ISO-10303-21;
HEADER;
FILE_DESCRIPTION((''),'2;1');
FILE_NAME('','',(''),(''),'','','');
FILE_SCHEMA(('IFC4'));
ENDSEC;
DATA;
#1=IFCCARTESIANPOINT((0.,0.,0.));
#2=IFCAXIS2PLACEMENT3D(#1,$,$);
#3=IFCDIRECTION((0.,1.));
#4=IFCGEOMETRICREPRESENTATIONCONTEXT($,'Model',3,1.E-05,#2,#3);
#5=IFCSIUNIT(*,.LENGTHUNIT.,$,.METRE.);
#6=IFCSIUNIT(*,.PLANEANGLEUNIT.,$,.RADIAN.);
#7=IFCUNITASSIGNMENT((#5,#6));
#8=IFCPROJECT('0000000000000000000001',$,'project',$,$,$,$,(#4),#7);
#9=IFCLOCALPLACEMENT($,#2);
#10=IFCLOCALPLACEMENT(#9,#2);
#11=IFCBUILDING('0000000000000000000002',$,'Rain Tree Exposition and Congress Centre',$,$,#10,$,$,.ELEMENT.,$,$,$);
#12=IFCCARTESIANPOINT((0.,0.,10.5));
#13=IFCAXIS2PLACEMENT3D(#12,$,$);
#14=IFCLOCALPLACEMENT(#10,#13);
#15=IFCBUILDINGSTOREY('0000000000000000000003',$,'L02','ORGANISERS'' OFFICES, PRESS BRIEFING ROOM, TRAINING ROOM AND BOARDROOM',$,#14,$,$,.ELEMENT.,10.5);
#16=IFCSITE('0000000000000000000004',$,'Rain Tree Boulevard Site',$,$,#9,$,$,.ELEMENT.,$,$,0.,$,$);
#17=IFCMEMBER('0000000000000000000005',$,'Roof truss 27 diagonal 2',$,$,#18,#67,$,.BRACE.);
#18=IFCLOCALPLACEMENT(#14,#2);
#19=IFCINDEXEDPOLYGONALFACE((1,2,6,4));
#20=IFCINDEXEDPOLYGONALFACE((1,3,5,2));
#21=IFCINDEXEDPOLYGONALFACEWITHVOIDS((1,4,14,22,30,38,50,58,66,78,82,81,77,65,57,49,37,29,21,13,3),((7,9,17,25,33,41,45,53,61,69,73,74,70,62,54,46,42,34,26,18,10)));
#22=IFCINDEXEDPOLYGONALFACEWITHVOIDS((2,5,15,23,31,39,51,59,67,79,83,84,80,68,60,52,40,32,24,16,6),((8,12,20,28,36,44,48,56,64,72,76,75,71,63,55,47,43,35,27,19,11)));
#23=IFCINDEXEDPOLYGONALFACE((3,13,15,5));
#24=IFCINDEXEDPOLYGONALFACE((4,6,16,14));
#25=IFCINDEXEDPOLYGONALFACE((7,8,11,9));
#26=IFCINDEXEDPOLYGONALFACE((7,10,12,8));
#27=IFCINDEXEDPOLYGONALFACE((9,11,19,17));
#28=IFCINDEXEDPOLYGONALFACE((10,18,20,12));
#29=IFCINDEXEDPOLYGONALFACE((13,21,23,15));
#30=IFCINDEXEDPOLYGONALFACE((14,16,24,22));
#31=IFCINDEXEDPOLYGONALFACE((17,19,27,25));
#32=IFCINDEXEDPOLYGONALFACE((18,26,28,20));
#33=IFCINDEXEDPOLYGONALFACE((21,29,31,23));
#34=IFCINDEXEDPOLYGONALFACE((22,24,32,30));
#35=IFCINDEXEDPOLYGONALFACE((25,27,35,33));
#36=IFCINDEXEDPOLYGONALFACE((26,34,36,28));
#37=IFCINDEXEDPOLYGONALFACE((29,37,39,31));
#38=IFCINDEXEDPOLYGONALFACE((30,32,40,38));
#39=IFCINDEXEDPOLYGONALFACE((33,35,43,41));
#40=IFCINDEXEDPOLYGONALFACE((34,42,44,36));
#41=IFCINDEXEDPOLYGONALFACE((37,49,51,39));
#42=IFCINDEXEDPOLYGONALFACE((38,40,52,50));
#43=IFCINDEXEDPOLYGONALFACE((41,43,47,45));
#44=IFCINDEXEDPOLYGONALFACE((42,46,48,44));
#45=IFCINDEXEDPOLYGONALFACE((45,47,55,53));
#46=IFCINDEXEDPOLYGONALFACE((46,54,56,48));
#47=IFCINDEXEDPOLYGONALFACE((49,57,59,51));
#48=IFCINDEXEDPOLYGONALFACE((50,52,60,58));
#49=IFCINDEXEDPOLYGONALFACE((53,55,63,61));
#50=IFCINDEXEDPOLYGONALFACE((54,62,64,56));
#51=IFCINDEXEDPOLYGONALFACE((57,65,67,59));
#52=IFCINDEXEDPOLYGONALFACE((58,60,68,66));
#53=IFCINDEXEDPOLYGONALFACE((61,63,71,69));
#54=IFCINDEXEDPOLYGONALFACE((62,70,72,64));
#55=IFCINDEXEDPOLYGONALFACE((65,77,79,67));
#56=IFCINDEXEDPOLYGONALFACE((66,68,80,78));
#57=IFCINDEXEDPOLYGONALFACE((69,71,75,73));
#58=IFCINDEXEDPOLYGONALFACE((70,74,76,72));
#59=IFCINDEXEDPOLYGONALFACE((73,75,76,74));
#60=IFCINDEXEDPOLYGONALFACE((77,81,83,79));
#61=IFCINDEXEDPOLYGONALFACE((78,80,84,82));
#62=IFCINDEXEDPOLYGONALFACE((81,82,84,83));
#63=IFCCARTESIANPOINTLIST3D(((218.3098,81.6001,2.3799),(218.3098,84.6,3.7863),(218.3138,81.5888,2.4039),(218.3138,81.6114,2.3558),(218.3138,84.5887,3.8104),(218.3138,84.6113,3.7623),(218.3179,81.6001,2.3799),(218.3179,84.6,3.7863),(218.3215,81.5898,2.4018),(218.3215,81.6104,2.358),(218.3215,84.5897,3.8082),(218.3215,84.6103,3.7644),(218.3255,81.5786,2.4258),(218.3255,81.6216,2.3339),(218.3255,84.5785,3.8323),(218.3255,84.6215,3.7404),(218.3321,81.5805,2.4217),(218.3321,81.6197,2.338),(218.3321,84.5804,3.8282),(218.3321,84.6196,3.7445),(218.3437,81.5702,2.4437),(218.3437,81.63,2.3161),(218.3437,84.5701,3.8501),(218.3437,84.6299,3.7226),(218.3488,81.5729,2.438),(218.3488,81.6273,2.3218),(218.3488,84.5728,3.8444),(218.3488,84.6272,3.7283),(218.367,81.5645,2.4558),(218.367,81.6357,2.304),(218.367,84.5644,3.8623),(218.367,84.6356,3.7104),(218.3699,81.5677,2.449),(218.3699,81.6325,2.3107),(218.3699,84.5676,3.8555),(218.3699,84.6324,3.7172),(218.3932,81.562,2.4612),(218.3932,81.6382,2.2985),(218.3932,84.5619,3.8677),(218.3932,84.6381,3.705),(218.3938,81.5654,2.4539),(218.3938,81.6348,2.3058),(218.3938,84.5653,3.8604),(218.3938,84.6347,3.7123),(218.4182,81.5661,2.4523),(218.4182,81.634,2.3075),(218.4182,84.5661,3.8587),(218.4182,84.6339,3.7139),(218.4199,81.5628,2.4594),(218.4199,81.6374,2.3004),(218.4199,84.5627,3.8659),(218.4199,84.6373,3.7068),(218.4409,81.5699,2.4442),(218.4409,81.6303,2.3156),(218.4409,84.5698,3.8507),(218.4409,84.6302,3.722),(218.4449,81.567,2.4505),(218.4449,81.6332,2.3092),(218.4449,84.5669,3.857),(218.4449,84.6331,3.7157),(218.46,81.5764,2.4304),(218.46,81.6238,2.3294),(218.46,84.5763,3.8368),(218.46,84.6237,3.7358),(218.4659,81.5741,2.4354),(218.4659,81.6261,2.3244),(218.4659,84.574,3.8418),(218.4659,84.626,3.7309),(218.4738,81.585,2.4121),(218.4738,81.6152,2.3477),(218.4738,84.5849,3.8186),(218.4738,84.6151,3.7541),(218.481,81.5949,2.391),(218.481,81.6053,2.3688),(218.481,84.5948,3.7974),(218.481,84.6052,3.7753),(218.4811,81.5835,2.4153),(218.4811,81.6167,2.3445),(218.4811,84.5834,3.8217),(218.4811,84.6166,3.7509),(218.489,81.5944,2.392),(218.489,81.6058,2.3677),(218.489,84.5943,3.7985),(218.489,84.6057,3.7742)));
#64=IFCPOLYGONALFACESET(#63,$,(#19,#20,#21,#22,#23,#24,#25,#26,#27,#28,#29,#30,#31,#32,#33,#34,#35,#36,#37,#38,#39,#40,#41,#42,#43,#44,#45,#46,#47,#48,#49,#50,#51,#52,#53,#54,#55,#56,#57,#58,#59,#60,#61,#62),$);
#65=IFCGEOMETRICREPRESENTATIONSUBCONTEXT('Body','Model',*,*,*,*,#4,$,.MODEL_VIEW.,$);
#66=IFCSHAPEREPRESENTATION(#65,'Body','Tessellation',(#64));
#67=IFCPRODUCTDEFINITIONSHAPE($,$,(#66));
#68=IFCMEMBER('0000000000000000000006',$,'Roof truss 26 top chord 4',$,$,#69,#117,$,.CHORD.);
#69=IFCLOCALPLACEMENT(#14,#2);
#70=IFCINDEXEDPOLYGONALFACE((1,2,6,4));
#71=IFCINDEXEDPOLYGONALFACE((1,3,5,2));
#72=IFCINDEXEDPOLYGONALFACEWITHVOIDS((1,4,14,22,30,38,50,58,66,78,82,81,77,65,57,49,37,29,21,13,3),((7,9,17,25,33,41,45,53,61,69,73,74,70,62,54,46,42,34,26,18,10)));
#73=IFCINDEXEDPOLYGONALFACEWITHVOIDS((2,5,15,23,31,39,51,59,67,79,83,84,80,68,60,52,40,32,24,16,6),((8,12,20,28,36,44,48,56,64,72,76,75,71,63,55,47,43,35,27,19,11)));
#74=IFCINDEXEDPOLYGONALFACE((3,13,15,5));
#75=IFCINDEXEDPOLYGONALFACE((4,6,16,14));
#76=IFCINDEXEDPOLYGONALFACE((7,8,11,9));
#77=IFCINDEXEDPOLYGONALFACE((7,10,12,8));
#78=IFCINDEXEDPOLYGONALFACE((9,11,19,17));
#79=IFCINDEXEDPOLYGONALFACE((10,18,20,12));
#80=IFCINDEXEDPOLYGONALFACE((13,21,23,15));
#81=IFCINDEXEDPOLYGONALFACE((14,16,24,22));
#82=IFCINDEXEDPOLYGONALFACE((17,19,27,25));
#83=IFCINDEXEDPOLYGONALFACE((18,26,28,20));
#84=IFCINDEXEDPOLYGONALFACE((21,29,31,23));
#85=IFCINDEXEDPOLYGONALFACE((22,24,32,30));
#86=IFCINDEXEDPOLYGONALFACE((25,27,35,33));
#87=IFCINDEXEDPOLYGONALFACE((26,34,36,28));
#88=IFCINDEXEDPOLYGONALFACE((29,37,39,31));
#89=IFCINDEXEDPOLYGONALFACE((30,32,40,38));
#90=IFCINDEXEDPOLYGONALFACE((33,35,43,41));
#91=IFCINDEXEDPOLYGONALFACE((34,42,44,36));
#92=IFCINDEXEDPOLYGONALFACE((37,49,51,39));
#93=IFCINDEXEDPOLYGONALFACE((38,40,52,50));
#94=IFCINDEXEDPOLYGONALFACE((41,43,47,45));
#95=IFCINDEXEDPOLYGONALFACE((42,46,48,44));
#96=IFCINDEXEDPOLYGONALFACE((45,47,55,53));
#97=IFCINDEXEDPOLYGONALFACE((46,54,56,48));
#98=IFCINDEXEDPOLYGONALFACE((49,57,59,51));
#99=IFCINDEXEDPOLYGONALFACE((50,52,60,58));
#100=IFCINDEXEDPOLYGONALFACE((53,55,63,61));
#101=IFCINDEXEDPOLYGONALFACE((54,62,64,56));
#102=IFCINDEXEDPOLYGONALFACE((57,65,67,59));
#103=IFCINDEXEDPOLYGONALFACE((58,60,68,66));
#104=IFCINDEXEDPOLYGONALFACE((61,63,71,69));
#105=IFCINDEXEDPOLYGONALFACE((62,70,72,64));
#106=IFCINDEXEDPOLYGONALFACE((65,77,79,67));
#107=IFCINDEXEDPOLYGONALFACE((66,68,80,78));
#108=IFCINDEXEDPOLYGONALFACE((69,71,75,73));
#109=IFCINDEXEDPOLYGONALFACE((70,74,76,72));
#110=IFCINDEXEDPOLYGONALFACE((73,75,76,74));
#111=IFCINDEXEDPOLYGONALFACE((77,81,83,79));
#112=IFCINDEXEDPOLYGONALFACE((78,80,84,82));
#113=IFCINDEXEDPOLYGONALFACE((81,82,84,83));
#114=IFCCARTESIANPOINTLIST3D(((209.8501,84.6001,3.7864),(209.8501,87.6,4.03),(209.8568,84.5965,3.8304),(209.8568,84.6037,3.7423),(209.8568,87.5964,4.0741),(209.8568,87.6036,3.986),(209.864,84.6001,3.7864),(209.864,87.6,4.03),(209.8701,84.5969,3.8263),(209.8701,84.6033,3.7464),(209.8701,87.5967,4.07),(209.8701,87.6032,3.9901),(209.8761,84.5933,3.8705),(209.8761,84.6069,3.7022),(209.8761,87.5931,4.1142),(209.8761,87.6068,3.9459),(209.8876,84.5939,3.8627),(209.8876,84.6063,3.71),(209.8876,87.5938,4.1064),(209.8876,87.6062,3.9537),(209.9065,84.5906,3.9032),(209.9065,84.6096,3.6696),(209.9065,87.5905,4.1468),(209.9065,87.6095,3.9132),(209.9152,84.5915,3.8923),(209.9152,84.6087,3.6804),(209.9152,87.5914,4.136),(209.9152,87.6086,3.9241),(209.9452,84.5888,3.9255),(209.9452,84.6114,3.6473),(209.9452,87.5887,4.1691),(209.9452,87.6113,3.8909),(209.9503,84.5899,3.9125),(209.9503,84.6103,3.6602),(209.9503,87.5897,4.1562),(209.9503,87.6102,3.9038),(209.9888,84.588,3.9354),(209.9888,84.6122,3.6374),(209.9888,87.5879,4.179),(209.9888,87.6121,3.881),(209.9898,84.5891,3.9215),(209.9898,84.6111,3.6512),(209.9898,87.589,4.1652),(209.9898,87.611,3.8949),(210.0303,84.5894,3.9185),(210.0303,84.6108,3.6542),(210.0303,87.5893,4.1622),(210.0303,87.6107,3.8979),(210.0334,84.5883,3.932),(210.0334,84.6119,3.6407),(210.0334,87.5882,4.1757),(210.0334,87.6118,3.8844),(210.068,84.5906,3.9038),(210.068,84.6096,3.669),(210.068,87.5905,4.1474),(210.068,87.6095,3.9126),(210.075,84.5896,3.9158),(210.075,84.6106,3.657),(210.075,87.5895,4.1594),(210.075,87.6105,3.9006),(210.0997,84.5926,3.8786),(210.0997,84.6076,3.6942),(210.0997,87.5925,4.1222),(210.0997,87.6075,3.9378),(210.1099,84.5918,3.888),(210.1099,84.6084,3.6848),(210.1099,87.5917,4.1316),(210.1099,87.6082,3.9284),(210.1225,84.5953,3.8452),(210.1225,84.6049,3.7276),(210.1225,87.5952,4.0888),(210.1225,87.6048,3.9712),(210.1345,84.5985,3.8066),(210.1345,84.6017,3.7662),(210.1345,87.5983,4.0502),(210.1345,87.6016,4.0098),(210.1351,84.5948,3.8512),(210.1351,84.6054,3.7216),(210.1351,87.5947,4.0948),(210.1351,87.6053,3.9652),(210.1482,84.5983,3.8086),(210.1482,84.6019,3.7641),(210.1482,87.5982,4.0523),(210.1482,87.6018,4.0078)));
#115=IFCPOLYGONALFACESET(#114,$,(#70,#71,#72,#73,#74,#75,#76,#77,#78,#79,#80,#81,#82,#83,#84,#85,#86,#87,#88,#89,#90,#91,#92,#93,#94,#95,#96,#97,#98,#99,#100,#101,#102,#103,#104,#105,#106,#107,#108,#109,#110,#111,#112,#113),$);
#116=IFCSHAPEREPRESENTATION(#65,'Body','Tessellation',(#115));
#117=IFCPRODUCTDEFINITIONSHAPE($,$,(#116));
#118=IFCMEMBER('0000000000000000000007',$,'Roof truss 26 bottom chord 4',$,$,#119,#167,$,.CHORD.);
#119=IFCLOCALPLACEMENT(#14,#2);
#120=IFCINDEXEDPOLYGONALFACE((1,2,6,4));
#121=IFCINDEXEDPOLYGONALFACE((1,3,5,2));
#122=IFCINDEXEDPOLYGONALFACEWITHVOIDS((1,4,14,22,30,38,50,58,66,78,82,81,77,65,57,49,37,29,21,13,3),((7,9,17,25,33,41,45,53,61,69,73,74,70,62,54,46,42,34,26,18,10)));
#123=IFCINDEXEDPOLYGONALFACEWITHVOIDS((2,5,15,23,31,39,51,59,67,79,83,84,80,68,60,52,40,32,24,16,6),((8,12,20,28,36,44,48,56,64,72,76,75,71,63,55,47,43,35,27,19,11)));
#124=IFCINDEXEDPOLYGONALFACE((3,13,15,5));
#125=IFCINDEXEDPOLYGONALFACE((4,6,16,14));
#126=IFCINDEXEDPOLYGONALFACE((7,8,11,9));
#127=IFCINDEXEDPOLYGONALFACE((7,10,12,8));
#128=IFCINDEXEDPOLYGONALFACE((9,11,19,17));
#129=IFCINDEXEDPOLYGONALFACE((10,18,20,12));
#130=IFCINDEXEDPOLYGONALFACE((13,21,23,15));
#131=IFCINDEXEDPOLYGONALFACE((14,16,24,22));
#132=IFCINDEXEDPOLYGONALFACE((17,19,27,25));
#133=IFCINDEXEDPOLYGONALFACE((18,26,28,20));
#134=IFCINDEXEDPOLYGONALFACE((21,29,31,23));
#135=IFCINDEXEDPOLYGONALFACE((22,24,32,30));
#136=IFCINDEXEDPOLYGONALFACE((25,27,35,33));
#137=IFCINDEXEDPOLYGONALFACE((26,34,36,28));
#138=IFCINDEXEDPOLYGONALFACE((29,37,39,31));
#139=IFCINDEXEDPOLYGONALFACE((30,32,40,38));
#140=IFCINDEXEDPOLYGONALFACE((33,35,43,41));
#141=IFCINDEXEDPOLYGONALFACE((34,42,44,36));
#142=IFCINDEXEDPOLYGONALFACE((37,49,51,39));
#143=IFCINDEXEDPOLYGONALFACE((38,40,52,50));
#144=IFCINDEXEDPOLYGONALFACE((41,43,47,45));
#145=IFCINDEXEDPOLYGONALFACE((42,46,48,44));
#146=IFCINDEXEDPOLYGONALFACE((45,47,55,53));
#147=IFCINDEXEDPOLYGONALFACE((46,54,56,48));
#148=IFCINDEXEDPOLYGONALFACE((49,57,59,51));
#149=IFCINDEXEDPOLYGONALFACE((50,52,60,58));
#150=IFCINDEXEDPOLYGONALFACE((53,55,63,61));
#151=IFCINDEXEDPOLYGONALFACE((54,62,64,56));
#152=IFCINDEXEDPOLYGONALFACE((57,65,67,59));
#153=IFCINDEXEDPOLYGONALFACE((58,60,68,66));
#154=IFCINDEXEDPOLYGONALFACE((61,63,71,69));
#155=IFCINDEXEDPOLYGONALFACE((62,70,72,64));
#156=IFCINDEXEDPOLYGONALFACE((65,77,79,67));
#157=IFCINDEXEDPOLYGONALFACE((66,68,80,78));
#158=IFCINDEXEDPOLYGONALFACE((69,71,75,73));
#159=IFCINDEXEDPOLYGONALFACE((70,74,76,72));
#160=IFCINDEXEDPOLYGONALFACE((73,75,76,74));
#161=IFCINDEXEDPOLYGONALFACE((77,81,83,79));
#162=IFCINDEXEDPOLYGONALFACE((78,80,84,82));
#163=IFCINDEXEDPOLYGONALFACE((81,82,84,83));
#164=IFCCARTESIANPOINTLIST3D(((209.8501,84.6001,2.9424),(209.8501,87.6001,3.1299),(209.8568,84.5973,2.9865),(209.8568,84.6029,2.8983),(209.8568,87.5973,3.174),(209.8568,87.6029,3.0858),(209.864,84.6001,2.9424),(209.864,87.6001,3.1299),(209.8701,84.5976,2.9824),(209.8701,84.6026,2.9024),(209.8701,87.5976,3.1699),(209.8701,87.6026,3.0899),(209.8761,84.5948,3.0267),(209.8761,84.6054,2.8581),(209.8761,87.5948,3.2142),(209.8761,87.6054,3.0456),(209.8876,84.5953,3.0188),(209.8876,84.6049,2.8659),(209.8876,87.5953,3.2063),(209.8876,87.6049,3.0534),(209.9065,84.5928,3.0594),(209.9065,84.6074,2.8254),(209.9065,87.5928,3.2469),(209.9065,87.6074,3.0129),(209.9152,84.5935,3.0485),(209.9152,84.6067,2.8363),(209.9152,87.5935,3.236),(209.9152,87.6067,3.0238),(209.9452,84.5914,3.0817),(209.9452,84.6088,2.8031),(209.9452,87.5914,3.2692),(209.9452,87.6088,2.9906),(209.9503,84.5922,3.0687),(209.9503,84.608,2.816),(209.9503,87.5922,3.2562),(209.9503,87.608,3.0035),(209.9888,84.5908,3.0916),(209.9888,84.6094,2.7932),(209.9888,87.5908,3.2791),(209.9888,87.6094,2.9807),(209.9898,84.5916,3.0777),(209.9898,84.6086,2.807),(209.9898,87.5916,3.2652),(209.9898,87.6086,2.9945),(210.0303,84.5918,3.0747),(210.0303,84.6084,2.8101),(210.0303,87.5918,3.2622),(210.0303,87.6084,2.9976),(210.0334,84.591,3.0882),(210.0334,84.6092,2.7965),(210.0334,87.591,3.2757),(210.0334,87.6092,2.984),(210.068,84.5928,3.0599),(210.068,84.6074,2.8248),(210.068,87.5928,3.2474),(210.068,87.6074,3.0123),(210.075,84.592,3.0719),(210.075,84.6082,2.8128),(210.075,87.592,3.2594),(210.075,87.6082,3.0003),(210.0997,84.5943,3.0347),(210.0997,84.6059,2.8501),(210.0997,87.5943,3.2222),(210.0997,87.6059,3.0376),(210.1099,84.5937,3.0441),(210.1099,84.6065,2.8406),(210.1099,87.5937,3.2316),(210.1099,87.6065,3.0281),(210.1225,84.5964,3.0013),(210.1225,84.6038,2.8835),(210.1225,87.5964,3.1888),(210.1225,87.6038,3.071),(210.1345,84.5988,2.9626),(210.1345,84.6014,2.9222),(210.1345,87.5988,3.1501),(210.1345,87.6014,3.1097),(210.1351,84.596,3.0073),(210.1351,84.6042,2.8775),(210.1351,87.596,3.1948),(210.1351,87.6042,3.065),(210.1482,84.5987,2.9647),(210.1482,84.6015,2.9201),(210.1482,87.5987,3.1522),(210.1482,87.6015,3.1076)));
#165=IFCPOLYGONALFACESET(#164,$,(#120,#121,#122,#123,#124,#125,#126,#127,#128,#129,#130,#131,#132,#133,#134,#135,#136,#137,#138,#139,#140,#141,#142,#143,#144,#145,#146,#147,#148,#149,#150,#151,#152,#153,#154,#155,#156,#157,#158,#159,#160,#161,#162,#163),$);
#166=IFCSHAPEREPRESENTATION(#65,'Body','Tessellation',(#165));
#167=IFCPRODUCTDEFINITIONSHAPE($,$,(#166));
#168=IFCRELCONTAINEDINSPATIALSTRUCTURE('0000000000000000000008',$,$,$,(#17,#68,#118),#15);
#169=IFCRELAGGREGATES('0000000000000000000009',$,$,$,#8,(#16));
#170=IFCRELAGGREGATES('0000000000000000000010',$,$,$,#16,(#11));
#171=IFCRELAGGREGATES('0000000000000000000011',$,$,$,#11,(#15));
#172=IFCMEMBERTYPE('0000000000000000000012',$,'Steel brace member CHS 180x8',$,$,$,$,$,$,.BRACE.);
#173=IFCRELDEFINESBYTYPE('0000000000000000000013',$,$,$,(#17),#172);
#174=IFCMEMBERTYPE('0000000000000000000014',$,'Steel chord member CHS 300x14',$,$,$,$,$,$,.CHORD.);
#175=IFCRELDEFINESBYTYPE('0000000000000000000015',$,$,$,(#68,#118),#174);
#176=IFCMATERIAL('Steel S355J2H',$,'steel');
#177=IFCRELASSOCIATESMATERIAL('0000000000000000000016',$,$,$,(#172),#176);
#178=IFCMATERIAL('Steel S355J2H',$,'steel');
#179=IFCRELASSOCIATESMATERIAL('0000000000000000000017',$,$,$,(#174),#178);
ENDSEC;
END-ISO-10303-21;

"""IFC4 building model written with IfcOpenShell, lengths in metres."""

from ifc_helpers import new_model, si_unit, direction, frame, origin, origin_2d, place, context, subcontext, project, spatial, hollow_circle, extrude, material, material_profile, profile_set, type_object, element, save


model = new_model("IFC4")

# Units and contexts
model_context = context("Model", 3, precision=1e-05, world=origin(), true_north=direction((0.0, 1.0)))
body_context = subcontext(model_context, "Body", "Model", "MODEL_VIEW")
ifc_project = project(units=[si_unit("LENGTHUNIT", "METRE"), si_unit("PLANEANGLEUNIT", "RADIAN")], contexts=[model_context])

# Site, building, storey
site_placement = place(None, origin())
site = spatial("IfcSite", under=ifc_project, at=site_placement, Name="Rain Tree Boulevard Site", CompositionType="ELEMENT", RefElevation=0.0)
building_placement = place(site_placement, origin())
building = spatial("IfcBuilding", under=site, at=building_placement, Name="Rain Tree Exposition and Congress Centre", CompositionType="ELEMENT")
storey_placement = place(building_placement, frame((0.0, 0.0, 10.5)))
storey = spatial("IfcBuildingStorey", under=building, at=storey_placement, Name="L02", Description="ORGANISERS' OFFICES, PRESS BRIEFING ROOM, TRAINING ROOM AND BOARDROOM", CompositionType="ELEMENT", Elevation=10.5)

# Members
ifc_material_1 = material(Name="Steel S355J2H", Category="steel")
ifc_material_profile_1 = material_profile(ifc_material_1, hollow_circle(Radius=0.0901, WallThickness=0.0081, at=origin_2d()), Name="CHS 180x8")
ifc_profile_set_1 = profile_set([ifc_material_profile_1], Name="Steel S355J2H")
member_type_1 = type_object("IfcMemberType", Name="Steel brace member CHS 180x8", PredefinedType="BRACE", material=ifc_profile_set_1)
member_1_placement = place(storey_placement, frame((218.3999, 81.6001, 2.3799), z_axis=(0.0, 0.905431, 0.424494), x_axis=(-1.0, 0.0, 0.0)))
element("IfcMember", 1, at=member_1_placement, inside=storey, type_object=member_type_1, Name="Roof truss 27 diagonal 2", PredefinedType="BRACE", context=body_context, shape_type="SweptSolid", body=[
    extrude(hollow_circle(Radius=0.0901, WallThickness=0.0081, at=origin_2d()), origin(), (0.0, 0.0, 1.0), 3.3132),
])
ifc_material_2 = material(Name="Steel S355J2H", Category="steel")
ifc_material_profile_2 = material_profile(ifc_material_2, hollow_circle(Radius=0.1499, WallThickness=0.0139, at=origin_2d()), Name="CHS 300x14")
ifc_profile_set_2 = profile_set([ifc_material_profile_2], Name="Steel S355J2H")
member_type_2 = type_object("IfcMemberType", Name="Steel chord member CHS 300x14", PredefinedType="CHORD", material=ifc_profile_set_2)
member_2_placement = place(storey_placement, frame((210.0, 84.6001, 3.7864), z_axis=(0.0, 0.996718, 0.080951), x_axis=(-1.0, 0.0, 0.0)))
element("IfcMember", 2, at=member_2_placement, inside=storey, type_object=member_type_2, Name="Roof truss 26 top chord 4", PredefinedType="CHORD", context=body_context, shape_type="SweptSolid", body=[
    extrude(hollow_circle(Radius=0.1499, WallThickness=0.0139, at=origin_2d()), origin(), (0.0, 0.0, 1.0), 3.0098),
])
member_3_placement = place(storey_placement, frame((210.0, 84.6001, 2.9424), z_axis=(0.0, 0.998053, 0.062378), x_axis=(-1.0, 0.0, 0.0)))
element("IfcMember", 3, at=member_3_placement, inside=storey, type_object=member_type_2, Name="Roof truss 26 bottom chord 4", PredefinedType="CHORD", context=body_context, shape_type="SweptSolid", body=[
    extrude(hollow_circle(Radius=0.1499, WallThickness=0.0139, at=origin_2d()), origin(), (0.0, 0.0, 1.0), 3.0059),
])

save(model, "model.ifc")
